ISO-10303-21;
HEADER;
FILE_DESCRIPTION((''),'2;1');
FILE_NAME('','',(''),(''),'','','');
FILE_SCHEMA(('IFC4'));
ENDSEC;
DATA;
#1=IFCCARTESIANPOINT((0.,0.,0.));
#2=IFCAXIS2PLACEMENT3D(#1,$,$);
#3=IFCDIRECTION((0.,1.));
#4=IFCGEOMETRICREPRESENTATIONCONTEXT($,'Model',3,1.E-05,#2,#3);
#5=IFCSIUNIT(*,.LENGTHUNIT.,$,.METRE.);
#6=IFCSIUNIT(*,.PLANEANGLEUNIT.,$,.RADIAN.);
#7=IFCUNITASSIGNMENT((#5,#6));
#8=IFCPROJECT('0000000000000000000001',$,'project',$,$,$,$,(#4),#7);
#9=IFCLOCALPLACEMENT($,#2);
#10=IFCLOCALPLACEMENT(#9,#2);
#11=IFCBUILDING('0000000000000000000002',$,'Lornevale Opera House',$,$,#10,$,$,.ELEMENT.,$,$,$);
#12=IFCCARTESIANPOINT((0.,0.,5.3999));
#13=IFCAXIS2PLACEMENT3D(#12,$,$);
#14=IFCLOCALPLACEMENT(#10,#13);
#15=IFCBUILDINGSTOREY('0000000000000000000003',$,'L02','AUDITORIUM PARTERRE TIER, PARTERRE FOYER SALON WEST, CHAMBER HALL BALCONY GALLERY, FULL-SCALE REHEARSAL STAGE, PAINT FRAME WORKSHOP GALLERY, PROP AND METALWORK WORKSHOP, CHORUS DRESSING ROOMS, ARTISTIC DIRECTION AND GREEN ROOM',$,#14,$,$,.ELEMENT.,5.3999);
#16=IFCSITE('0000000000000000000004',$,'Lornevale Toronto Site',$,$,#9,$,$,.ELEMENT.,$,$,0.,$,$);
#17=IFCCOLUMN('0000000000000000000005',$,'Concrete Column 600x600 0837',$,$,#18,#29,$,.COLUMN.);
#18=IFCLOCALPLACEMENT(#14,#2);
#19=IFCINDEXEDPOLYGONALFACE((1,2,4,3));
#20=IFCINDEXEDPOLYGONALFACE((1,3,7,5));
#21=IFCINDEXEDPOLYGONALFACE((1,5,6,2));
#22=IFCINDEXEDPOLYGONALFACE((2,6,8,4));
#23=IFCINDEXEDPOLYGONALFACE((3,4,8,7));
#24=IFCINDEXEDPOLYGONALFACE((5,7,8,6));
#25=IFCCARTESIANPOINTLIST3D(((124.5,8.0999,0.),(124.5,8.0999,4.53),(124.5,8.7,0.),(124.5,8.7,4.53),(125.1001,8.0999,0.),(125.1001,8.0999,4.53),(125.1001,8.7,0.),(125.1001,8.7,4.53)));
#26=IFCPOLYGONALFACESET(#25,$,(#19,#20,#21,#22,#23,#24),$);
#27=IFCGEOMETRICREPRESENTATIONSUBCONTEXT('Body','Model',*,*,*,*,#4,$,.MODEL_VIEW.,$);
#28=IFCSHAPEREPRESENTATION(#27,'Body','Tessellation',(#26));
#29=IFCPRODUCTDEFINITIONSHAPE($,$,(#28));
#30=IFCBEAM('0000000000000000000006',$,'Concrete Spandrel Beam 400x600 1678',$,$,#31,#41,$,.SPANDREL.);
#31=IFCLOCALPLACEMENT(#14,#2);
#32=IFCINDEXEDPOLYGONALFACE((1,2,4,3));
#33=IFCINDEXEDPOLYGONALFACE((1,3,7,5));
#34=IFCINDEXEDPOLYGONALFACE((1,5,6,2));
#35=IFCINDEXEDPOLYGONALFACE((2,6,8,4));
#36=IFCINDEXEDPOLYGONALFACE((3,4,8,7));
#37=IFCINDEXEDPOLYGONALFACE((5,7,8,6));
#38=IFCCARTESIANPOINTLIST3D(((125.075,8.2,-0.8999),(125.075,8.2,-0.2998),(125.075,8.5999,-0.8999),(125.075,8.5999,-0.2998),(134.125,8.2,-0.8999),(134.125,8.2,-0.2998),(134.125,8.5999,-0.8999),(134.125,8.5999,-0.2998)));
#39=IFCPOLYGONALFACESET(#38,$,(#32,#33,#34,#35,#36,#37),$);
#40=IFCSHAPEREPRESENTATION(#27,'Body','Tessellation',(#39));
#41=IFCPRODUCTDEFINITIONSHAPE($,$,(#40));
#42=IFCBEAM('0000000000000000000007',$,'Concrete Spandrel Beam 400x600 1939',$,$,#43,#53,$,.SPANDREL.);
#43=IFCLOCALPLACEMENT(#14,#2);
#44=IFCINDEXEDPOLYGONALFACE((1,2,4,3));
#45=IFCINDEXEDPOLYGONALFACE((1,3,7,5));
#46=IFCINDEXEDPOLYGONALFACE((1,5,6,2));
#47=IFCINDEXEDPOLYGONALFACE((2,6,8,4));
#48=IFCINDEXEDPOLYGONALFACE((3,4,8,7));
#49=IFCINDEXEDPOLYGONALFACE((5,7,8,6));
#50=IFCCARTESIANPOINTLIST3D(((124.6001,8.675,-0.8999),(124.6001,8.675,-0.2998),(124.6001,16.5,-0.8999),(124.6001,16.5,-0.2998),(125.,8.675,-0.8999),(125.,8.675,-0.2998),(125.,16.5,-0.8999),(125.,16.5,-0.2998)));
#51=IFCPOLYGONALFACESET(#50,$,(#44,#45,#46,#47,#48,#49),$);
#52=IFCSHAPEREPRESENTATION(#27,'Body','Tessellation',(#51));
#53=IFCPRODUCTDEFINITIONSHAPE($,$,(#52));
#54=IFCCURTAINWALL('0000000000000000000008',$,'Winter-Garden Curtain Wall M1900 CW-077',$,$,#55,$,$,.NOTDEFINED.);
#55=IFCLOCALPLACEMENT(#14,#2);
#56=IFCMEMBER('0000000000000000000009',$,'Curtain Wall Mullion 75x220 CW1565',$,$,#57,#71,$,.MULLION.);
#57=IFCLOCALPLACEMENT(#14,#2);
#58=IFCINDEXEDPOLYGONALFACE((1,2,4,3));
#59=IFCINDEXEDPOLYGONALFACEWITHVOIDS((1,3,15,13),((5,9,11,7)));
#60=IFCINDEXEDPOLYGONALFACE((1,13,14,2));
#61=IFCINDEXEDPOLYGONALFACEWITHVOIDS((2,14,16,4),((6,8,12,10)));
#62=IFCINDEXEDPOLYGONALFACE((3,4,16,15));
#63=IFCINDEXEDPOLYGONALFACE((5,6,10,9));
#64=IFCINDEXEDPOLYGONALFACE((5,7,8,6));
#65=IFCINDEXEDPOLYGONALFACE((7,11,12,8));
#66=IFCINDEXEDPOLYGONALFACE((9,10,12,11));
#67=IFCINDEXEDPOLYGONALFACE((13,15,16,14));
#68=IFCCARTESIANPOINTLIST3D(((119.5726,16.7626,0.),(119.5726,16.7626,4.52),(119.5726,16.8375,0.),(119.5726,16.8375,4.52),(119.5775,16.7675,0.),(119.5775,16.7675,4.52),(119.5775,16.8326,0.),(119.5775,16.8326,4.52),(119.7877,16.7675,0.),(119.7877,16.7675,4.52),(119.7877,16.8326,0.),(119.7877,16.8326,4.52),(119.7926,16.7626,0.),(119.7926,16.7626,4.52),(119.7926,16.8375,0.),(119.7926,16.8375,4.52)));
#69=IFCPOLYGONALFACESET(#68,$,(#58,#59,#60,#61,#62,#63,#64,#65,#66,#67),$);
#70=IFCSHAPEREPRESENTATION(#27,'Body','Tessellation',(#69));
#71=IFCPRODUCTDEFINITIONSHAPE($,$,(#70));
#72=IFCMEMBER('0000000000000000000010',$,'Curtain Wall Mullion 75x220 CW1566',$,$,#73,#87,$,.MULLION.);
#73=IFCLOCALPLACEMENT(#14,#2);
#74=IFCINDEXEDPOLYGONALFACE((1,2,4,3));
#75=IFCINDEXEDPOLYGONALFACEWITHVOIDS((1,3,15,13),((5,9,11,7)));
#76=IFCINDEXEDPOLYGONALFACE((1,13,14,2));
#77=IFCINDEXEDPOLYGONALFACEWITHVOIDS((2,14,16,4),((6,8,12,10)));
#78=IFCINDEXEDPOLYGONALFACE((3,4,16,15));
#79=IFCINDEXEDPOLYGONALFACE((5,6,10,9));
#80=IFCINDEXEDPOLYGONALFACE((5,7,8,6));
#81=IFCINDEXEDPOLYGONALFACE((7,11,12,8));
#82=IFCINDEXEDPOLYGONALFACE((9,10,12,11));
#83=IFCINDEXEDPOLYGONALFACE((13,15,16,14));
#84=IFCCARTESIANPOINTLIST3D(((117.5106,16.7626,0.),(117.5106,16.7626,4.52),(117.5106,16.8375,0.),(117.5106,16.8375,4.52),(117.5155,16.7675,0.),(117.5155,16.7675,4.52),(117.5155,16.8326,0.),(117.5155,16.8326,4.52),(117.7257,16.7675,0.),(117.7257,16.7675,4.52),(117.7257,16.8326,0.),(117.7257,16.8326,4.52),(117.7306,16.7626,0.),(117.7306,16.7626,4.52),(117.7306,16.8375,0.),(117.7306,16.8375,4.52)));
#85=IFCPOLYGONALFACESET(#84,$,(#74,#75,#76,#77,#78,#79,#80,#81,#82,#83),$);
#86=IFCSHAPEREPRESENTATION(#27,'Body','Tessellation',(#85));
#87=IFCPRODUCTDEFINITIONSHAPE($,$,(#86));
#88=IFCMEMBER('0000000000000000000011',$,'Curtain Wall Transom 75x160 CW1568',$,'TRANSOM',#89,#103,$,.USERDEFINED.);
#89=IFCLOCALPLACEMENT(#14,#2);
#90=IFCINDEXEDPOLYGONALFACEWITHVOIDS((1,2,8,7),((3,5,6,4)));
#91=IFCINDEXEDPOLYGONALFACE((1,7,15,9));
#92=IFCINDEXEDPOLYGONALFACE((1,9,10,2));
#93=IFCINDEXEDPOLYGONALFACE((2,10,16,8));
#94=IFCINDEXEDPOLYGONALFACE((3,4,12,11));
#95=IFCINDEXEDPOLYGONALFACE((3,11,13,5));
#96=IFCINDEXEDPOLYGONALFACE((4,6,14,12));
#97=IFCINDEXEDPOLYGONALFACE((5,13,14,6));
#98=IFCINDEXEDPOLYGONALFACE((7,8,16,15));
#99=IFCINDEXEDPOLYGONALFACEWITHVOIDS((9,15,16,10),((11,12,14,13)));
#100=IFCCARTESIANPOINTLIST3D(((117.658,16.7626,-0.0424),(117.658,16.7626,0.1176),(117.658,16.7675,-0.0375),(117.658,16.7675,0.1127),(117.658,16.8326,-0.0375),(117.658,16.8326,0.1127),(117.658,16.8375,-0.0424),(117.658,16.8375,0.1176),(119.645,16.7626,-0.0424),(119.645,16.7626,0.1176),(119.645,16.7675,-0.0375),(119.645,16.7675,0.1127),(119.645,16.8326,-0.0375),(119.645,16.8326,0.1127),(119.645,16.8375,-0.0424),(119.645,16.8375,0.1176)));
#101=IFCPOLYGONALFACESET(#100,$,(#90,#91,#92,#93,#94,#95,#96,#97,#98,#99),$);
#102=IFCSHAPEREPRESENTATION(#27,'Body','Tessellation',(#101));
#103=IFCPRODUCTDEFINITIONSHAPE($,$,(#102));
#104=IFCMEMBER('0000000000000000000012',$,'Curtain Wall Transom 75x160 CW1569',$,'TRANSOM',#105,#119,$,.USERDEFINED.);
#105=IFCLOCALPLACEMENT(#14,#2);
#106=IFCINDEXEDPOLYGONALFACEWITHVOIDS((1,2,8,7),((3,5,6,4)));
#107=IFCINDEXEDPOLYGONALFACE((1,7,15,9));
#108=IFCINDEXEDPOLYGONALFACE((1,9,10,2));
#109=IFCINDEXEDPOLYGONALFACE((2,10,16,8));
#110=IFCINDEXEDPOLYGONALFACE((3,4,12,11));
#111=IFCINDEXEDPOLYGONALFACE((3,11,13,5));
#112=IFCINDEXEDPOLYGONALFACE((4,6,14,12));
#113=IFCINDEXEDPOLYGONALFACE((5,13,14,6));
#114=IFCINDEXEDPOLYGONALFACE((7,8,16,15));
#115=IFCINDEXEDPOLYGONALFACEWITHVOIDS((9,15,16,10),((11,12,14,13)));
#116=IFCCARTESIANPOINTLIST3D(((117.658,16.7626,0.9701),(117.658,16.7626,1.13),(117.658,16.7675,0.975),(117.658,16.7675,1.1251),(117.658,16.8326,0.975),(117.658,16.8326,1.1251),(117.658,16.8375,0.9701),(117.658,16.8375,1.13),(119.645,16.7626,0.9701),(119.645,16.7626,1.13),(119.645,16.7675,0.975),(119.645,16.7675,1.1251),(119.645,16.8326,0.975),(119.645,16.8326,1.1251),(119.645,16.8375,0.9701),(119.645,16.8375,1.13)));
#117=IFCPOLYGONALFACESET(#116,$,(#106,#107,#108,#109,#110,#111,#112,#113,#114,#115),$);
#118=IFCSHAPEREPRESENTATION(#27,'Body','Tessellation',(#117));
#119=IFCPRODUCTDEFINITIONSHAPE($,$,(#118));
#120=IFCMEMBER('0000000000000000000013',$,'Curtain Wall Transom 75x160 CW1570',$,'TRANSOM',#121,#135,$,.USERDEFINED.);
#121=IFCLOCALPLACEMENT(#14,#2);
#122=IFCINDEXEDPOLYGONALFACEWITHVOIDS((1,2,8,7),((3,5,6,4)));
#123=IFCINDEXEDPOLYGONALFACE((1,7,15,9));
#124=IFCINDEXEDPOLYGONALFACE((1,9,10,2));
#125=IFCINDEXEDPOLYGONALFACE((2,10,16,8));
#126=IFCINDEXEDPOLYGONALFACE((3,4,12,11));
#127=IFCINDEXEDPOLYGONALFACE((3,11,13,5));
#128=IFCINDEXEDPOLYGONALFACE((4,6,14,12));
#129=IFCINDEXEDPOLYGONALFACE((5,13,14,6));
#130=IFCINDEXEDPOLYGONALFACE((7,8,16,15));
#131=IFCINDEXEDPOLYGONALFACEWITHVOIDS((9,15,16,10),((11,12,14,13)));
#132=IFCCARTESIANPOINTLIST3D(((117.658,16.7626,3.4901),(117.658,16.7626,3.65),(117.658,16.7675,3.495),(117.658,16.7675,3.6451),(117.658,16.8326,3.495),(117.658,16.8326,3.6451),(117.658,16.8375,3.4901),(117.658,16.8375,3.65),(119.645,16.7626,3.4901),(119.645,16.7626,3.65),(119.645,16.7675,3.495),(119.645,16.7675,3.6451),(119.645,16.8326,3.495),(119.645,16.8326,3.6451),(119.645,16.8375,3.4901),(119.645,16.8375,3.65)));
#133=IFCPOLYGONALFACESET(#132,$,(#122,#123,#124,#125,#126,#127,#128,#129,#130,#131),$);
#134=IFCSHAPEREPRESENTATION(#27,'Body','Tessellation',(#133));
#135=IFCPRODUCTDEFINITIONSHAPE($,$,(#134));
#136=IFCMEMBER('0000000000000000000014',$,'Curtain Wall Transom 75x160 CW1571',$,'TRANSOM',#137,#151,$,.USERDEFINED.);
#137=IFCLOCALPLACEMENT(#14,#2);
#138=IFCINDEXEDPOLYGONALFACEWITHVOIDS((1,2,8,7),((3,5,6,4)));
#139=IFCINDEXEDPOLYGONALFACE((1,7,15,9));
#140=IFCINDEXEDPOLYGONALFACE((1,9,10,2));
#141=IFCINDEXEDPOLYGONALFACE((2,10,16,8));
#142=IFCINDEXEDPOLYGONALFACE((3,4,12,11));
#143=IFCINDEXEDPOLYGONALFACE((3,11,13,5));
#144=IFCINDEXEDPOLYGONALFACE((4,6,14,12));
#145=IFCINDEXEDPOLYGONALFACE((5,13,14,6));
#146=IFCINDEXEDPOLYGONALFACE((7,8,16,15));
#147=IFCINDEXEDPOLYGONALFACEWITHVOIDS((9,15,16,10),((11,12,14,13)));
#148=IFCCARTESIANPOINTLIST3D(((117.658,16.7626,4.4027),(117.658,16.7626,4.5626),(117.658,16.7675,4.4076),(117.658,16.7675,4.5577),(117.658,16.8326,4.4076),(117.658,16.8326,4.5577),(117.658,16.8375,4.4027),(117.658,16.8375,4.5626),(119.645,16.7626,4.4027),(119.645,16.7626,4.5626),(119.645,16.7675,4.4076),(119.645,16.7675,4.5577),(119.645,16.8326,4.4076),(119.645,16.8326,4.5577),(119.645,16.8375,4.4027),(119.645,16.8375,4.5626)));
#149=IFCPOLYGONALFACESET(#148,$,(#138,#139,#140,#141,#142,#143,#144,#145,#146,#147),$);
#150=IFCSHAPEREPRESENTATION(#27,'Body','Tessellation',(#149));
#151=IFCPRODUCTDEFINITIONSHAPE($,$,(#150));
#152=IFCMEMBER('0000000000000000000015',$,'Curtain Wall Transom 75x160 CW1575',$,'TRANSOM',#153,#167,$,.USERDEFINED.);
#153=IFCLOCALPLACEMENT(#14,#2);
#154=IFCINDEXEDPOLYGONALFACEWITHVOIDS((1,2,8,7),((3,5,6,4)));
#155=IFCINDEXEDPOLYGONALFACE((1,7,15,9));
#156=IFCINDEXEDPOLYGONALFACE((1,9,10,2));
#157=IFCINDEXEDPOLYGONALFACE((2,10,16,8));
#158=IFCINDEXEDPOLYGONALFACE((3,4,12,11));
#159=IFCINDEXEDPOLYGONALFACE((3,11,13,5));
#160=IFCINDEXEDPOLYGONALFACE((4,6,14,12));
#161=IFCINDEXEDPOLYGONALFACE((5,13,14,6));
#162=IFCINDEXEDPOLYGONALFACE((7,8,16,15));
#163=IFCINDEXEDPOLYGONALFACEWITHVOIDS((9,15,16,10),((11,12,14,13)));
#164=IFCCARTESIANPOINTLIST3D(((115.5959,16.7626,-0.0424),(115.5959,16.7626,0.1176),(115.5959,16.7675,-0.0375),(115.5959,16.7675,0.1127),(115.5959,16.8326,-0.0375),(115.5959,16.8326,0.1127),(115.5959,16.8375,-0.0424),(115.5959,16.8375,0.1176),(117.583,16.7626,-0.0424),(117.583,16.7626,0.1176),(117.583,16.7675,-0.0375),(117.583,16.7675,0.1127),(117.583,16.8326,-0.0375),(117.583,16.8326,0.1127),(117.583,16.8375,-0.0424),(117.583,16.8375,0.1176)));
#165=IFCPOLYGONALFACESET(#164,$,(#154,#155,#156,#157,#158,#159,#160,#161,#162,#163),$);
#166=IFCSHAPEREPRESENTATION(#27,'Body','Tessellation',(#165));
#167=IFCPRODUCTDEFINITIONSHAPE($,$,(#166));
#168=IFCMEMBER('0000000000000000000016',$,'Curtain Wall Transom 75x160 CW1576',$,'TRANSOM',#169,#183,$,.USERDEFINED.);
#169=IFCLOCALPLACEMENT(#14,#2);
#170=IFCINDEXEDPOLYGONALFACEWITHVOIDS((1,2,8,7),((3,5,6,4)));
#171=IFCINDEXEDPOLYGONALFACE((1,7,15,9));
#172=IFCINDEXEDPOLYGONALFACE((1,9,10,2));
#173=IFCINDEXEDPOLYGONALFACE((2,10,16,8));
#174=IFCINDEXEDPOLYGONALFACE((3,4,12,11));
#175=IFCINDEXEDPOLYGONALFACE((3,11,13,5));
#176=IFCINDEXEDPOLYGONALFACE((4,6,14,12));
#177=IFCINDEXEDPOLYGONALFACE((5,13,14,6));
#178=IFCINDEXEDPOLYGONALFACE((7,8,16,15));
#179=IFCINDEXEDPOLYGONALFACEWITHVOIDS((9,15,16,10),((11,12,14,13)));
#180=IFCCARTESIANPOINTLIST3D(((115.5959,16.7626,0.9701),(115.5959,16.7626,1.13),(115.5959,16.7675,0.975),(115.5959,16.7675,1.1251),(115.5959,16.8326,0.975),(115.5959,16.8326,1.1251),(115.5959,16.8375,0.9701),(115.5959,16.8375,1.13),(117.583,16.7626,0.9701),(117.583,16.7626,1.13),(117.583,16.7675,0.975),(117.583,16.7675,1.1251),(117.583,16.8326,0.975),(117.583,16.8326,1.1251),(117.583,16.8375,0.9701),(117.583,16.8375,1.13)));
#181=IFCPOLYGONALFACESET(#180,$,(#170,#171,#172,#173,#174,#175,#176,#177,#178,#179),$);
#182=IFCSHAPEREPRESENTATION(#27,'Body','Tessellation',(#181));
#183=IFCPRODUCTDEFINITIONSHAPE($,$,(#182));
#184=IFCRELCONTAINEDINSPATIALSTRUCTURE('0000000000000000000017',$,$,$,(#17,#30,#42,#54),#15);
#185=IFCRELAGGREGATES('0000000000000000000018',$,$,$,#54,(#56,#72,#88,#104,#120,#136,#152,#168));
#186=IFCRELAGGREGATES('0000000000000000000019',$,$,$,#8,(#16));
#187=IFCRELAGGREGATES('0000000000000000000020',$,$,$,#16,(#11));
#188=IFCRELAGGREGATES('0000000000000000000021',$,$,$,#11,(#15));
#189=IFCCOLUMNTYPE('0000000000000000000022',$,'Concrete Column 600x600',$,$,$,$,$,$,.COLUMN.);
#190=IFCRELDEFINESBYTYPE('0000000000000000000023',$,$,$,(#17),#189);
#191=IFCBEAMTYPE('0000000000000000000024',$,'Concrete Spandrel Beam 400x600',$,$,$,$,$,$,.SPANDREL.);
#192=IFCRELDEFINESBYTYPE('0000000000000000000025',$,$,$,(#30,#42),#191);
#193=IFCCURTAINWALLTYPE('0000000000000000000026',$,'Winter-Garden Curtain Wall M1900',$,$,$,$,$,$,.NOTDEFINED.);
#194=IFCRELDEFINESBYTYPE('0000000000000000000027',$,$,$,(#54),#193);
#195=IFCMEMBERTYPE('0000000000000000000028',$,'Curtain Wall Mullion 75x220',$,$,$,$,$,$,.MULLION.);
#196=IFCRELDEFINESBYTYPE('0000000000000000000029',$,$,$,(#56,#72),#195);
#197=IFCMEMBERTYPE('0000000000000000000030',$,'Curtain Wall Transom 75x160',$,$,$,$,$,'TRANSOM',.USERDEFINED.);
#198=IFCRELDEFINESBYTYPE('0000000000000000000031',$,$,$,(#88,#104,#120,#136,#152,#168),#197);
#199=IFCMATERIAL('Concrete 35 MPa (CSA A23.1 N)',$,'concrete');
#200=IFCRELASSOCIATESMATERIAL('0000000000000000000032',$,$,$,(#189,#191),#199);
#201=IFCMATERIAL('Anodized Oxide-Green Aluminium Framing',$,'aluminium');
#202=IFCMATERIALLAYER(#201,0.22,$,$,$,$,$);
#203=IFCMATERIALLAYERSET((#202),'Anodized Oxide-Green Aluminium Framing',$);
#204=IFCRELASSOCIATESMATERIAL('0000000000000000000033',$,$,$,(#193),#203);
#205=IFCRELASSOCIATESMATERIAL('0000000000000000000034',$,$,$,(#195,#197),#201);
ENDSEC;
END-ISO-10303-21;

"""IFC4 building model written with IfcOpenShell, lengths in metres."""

from ifc_helpers import new_model, si_unit, direction, frame, origin, origin_2d, place, context, subcontext, project, spatial, rectangle, hollow_rectangle, extrude, material, layer, layer_set, material_profile, profile_set, type_object, element, aggregate, save


model = new_model("IFC4")

# Units and contexts
model_context = context("Model", 3, precision=1e-05, world=origin(), true_north=direction((0.0, 1.0)))
body_context = subcontext(model_context, "Body", "Model", "MODEL_VIEW")
ifc_project = project(units=[si_unit("LENGTHUNIT", "METRE"), si_unit("PLANEANGLEUNIT", "RADIAN")], contexts=[model_context])

# Site, building, storey
site_placement = place(None, origin())
site = spatial("IfcSite", under=ifc_project, at=site_placement, Name="Lornevale Toronto Site", CompositionType="ELEMENT", RefElevation=0.0)
building_placement = place(site_placement, origin())
building = spatial("IfcBuilding", under=site, at=building_placement, Name="Lornevale Opera House", CompositionType="ELEMENT")
storey_placement = place(building_placement, frame((0.0, 0.0, 5.3999)))
storey = spatial("IfcBuildingStorey", under=building, at=storey_placement, Name="L02", Description="AUDITORIUM PARTERRE TIER, PARTERRE FOYER SALON WEST, CHAMBER HALL BALCONY GALLERY, FULL-SCALE REHEARSAL STAGE, PAINT FRAME WORKSHOP GALLERY, PROP AND METALWORK WORKSHOP, CHORUS DRESSING ROOMS, ARTISTIC DIRECTION AND GREEN ROOM", CompositionType="ELEMENT", Elevation=5.3999)

# Column
ifc_material_1 = material(Name="Concrete 35 MPa (CSA A23.1 N)", Category="concrete")
ifc_material_profile_1 = material_profile(ifc_material_1, rectangle(XDim=0.6001, YDim=0.6001, at=origin_2d()), Name="RC600x600")
ifc_profile_set_1 = profile_set([ifc_material_profile_1], Name="Concrete 35 MPa (CSA A23.1 N)")
column_type = type_object("IfcColumnType", Name="Concrete Column 600x600", PredefinedType="COLUMN", material=ifc_profile_set_1)
column_placement = place(storey_placement, frame((124.8, 8.3999, 0.0), z_axis=(0.0, 0.0, 1.0), x_axis=(1.0, 0.0, 0.0)))
element("IfcColumn", 1, at=column_placement, inside=storey, type_object=column_type, Name="Concrete Column 600x600 0837", PredefinedType="COLUMN", context=body_context, shape_type="SweptSolid", body=[
    extrude(rectangle(XDim=0.6001, YDim=0.6001, at=origin_2d()), origin(), (0.0, 0.0, 1.0), 4.53),
])

# Beams
ifc_material_profile_2 = material_profile(ifc_material_1, rectangle(XDim=0.3999, YDim=0.6001, at=origin_2d()), Name="RC400x600")
ifc_profile_set_2 = profile_set([ifc_material_profile_2], Name="Concrete 35 MPa (CSA A23.1 N)")
beam_type_1 = type_object("IfcBeamType", Name="Concrete Spandrel Beam 400x600", PredefinedType="SPANDREL", material=ifc_profile_set_2)
beam_1_placement = place(storey_placement, frame((125.075, 8.3999, -0.5999), z_axis=(1.0, 0.0, 0.0), x_axis=(0.0, 1.0, 0.0)))
element("IfcBeam", 2, at=beam_1_placement, inside=storey, type_object=beam_type_1, Name="Concrete Spandrel Beam 400x600 1678", PredefinedType="SPANDREL", context=body_context, shape_type="SweptSolid", body=[
    extrude(rectangle(XDim=0.3999, YDim=0.6001, at=origin_2d()), origin(), (0.0, 0.0, 1.0), 9.05),
])
beam_2_placement = place(storey_placement, frame((124.8, 8.675, -0.5999), z_axis=(0.0, 1.0, 0.0), x_axis=(-1.0, 0.0, 0.0)))
element("IfcBeam", 3, at=beam_2_placement, inside=storey, type_object=beam_type_1, Name="Concrete Spandrel Beam 400x600 1939", PredefinedType="SPANDREL", context=body_context, shape_type="SweptSolid", body=[
    extrude(rectangle(XDim=0.3999, YDim=0.6001, at=origin_2d()), origin(), (0.0, 0.0, 1.0), 7.825),
])

# Curtain wall, members
ifc_material_2 = material(Name="Anodized Oxide-Green Aluminium Framing", Category="aluminium")
ifc_layer_1 = layer(ifc_material_2, 0.22)
ifc_layer_set_1 = layer_set([ifc_layer_1], Name="Anodized Oxide-Green Aluminium Framing")
curtain_wall_type = type_object("IfcCurtainWallType", Name="Winter-Garden Curtain Wall M1900", PredefinedType="NOTDEFINED", material=ifc_layer_set_1)
curtain_wall_1_placement = place(storey_placement, origin())
curtain_wall_1 = element("IfcCurtainWall", 4, at=curtain_wall_1_placement, inside=storey, type_object=curtain_wall_type, Name="Winter-Garden Curtain Wall M1900 CW-077", PredefinedType="NOTDEFINED")
ifc_material_profile_3 = material_profile(ifc_material_2, hollow_rectangle(XDim=0.075, YDim=0.22, WallThickness=0.0049, at=origin_2d()), Name="ALU75x220x5")
ifc_profile_set_3 = profile_set([ifc_material_profile_3], Name="Anodized Oxide-Green Aluminium Framing")
member_type_1 = type_object("IfcMemberType", Name="Curtain Wall Mullion 75x220", PredefinedType="MULLION", material=ifc_profile_set_3)
member_1_placement = place(storey_placement, frame((119.6826, 16.8, 0.0), z_axis=(0.0, 0.0, 1.0), x_axis=(0.0, -1.0, 0.0)))
member_1 = element("IfcMember", 5, at=member_1_placement, type_object=member_type_1, Name="Curtain Wall Mullion 75x220 CW1565", PredefinedType="MULLION", context=body_context, shape_type="SweptSolid", body=[
    extrude(hollow_rectangle(XDim=0.075, YDim=0.22, WallThickness=0.0049, at=origin_2d()), origin(), (0.0, 0.0, 1.0), 4.52),
])
member_2_placement = place(storey_placement, frame((117.6206, 16.8, 0.0), z_axis=(0.0, 0.0, 1.0), x_axis=(0.0, -1.0, 0.0)))
member_2 = element("IfcMember", 6, at=member_2_placement, type_object=member_type_1, Name="Curtain Wall Mullion 75x220 CW1566", PredefinedType="MULLION", context=body_context, shape_type="SweptSolid", body=[
    extrude(hollow_rectangle(XDim=0.075, YDim=0.22, WallThickness=0.0049, at=origin_2d()), origin(), (0.0, 0.0, 1.0), 4.52),
])
ifc_material_profile_4 = material_profile(ifc_material_2, hollow_rectangle(XDim=0.075, YDim=0.1599, WallThickness=0.0049, at=origin_2d()), Name="ALU75x160x5")
ifc_profile_set_4 = profile_set([ifc_material_profile_4], Name="Anodized Oxide-Green Aluminium Framing")
member_type_2 = type_object("IfcMemberType", Name="Curtain Wall Transom 75x160", ElementType="TRANSOM", PredefinedType="USERDEFINED", material=ifc_profile_set_4)
member_3_placement = place(storey_placement, frame((119.645, 16.8, 0.0376), z_axis=(-1.0, 0.0, 0.0), x_axis=(0.0, -1.0, 0.0)))
member_3 = element("IfcMember", 7, at=member_3_placement, type_object=member_type_2, Name="Curtain Wall Transom 75x160 CW1568", ObjectType="TRANSOM", PredefinedType="USERDEFINED", context=body_context, shape_type="SweptSolid", body=[
    extrude(hollow_rectangle(XDim=0.075, YDim=0.1599, WallThickness=0.0049, at=origin_2d()), origin(), (0.0, 0.0, 1.0), 1.9871),
])
member_4_placement = place(storey_placement, frame((119.645, 16.8, 1.05), z_axis=(-1.0, 0.0, 0.0), x_axis=(0.0, -1.0, 0.0)))
member_4 = element("IfcMember", 8, at=member_4_placement, type_object=member_type_2, Name="Curtain Wall Transom 75x160 CW1569", ObjectType="TRANSOM", PredefinedType="USERDEFINED", context=body_context, shape_type="SweptSolid", body=[
    extrude(hollow_rectangle(XDim=0.075, YDim=0.1599, WallThickness=0.0049, at=origin_2d()), origin(), (0.0, 0.0, 1.0), 1.9871),
])
member_5_placement = place(storey_placement, frame((119.645, 16.8, 3.5701), z_axis=(-1.0, 0.0, 0.0), x_axis=(0.0, -1.0, 0.0)))
member_5 = element("IfcMember", 9, at=member_5_placement, type_object=member_type_2, Name="Curtain Wall Transom 75x160 CW1570", ObjectType="TRANSOM", PredefinedType="USERDEFINED", context=body_context, shape_type="SweptSolid", body=[
    extrude(hollow_rectangle(XDim=0.075, YDim=0.1599, WallThickness=0.0049, at=origin_2d()), origin(), (0.0, 0.0, 1.0), 1.9871),
])
member_6_placement = place(storey_placement, frame((119.645, 16.8, 4.4827), z_axis=(-1.0, 0.0, 0.0), x_axis=(0.0, -1.0, 0.0)))
member_6 = element("IfcMember", 10, at=member_6_placement, type_object=member_type_2, Name="Curtain Wall Transom 75x160 CW1571", ObjectType="TRANSOM", PredefinedType="USERDEFINED", context=body_context, shape_type="SweptSolid", body=[
    extrude(hollow_rectangle(XDim=0.075, YDim=0.1599, WallThickness=0.0049, at=origin_2d()), origin(), (0.0, 0.0, 1.0), 1.9871),
])
member_7_placement = place(storey_placement, frame((117.583, 16.8, 0.0376), z_axis=(-1.0, 0.0, 0.0), x_axis=(0.0, -1.0, 0.0)))
member_7 = element("IfcMember", 11, at=member_7_placement, type_object=member_type_2, Name="Curtain Wall Transom 75x160 CW1575", ObjectType="TRANSOM", PredefinedType="USERDEFINED", context=body_context, shape_type="SweptSolid", body=[
    extrude(hollow_rectangle(XDim=0.075, YDim=0.1599, WallThickness=0.0049, at=origin_2d()), origin(), (0.0, 0.0, 1.0), 1.9871),
])
member_8_placement = place(storey_placement, frame((117.583, 16.8, 1.05), z_axis=(-1.0, 0.0, 0.0), x_axis=(0.0, -1.0, 0.0)))
member_8 = element("IfcMember", 12, at=member_8_placement, type_object=member_type_2, Name="Curtain Wall Transom 75x160 CW1576", ObjectType="TRANSOM", PredefinedType="USERDEFINED", context=body_context, shape_type="SweptSolid", body=[
    extrude(hollow_rectangle(XDim=0.075, YDim=0.1599, WallThickness=0.0049, at=origin_2d()), origin(), (0.0, 0.0, 1.0), 1.9871),
])

aggregate(curtain_wall_1, [member_1, member_2, member_3, member_4, member_5, member_6, member_7, member_8])

save(model, "model.ifc")
